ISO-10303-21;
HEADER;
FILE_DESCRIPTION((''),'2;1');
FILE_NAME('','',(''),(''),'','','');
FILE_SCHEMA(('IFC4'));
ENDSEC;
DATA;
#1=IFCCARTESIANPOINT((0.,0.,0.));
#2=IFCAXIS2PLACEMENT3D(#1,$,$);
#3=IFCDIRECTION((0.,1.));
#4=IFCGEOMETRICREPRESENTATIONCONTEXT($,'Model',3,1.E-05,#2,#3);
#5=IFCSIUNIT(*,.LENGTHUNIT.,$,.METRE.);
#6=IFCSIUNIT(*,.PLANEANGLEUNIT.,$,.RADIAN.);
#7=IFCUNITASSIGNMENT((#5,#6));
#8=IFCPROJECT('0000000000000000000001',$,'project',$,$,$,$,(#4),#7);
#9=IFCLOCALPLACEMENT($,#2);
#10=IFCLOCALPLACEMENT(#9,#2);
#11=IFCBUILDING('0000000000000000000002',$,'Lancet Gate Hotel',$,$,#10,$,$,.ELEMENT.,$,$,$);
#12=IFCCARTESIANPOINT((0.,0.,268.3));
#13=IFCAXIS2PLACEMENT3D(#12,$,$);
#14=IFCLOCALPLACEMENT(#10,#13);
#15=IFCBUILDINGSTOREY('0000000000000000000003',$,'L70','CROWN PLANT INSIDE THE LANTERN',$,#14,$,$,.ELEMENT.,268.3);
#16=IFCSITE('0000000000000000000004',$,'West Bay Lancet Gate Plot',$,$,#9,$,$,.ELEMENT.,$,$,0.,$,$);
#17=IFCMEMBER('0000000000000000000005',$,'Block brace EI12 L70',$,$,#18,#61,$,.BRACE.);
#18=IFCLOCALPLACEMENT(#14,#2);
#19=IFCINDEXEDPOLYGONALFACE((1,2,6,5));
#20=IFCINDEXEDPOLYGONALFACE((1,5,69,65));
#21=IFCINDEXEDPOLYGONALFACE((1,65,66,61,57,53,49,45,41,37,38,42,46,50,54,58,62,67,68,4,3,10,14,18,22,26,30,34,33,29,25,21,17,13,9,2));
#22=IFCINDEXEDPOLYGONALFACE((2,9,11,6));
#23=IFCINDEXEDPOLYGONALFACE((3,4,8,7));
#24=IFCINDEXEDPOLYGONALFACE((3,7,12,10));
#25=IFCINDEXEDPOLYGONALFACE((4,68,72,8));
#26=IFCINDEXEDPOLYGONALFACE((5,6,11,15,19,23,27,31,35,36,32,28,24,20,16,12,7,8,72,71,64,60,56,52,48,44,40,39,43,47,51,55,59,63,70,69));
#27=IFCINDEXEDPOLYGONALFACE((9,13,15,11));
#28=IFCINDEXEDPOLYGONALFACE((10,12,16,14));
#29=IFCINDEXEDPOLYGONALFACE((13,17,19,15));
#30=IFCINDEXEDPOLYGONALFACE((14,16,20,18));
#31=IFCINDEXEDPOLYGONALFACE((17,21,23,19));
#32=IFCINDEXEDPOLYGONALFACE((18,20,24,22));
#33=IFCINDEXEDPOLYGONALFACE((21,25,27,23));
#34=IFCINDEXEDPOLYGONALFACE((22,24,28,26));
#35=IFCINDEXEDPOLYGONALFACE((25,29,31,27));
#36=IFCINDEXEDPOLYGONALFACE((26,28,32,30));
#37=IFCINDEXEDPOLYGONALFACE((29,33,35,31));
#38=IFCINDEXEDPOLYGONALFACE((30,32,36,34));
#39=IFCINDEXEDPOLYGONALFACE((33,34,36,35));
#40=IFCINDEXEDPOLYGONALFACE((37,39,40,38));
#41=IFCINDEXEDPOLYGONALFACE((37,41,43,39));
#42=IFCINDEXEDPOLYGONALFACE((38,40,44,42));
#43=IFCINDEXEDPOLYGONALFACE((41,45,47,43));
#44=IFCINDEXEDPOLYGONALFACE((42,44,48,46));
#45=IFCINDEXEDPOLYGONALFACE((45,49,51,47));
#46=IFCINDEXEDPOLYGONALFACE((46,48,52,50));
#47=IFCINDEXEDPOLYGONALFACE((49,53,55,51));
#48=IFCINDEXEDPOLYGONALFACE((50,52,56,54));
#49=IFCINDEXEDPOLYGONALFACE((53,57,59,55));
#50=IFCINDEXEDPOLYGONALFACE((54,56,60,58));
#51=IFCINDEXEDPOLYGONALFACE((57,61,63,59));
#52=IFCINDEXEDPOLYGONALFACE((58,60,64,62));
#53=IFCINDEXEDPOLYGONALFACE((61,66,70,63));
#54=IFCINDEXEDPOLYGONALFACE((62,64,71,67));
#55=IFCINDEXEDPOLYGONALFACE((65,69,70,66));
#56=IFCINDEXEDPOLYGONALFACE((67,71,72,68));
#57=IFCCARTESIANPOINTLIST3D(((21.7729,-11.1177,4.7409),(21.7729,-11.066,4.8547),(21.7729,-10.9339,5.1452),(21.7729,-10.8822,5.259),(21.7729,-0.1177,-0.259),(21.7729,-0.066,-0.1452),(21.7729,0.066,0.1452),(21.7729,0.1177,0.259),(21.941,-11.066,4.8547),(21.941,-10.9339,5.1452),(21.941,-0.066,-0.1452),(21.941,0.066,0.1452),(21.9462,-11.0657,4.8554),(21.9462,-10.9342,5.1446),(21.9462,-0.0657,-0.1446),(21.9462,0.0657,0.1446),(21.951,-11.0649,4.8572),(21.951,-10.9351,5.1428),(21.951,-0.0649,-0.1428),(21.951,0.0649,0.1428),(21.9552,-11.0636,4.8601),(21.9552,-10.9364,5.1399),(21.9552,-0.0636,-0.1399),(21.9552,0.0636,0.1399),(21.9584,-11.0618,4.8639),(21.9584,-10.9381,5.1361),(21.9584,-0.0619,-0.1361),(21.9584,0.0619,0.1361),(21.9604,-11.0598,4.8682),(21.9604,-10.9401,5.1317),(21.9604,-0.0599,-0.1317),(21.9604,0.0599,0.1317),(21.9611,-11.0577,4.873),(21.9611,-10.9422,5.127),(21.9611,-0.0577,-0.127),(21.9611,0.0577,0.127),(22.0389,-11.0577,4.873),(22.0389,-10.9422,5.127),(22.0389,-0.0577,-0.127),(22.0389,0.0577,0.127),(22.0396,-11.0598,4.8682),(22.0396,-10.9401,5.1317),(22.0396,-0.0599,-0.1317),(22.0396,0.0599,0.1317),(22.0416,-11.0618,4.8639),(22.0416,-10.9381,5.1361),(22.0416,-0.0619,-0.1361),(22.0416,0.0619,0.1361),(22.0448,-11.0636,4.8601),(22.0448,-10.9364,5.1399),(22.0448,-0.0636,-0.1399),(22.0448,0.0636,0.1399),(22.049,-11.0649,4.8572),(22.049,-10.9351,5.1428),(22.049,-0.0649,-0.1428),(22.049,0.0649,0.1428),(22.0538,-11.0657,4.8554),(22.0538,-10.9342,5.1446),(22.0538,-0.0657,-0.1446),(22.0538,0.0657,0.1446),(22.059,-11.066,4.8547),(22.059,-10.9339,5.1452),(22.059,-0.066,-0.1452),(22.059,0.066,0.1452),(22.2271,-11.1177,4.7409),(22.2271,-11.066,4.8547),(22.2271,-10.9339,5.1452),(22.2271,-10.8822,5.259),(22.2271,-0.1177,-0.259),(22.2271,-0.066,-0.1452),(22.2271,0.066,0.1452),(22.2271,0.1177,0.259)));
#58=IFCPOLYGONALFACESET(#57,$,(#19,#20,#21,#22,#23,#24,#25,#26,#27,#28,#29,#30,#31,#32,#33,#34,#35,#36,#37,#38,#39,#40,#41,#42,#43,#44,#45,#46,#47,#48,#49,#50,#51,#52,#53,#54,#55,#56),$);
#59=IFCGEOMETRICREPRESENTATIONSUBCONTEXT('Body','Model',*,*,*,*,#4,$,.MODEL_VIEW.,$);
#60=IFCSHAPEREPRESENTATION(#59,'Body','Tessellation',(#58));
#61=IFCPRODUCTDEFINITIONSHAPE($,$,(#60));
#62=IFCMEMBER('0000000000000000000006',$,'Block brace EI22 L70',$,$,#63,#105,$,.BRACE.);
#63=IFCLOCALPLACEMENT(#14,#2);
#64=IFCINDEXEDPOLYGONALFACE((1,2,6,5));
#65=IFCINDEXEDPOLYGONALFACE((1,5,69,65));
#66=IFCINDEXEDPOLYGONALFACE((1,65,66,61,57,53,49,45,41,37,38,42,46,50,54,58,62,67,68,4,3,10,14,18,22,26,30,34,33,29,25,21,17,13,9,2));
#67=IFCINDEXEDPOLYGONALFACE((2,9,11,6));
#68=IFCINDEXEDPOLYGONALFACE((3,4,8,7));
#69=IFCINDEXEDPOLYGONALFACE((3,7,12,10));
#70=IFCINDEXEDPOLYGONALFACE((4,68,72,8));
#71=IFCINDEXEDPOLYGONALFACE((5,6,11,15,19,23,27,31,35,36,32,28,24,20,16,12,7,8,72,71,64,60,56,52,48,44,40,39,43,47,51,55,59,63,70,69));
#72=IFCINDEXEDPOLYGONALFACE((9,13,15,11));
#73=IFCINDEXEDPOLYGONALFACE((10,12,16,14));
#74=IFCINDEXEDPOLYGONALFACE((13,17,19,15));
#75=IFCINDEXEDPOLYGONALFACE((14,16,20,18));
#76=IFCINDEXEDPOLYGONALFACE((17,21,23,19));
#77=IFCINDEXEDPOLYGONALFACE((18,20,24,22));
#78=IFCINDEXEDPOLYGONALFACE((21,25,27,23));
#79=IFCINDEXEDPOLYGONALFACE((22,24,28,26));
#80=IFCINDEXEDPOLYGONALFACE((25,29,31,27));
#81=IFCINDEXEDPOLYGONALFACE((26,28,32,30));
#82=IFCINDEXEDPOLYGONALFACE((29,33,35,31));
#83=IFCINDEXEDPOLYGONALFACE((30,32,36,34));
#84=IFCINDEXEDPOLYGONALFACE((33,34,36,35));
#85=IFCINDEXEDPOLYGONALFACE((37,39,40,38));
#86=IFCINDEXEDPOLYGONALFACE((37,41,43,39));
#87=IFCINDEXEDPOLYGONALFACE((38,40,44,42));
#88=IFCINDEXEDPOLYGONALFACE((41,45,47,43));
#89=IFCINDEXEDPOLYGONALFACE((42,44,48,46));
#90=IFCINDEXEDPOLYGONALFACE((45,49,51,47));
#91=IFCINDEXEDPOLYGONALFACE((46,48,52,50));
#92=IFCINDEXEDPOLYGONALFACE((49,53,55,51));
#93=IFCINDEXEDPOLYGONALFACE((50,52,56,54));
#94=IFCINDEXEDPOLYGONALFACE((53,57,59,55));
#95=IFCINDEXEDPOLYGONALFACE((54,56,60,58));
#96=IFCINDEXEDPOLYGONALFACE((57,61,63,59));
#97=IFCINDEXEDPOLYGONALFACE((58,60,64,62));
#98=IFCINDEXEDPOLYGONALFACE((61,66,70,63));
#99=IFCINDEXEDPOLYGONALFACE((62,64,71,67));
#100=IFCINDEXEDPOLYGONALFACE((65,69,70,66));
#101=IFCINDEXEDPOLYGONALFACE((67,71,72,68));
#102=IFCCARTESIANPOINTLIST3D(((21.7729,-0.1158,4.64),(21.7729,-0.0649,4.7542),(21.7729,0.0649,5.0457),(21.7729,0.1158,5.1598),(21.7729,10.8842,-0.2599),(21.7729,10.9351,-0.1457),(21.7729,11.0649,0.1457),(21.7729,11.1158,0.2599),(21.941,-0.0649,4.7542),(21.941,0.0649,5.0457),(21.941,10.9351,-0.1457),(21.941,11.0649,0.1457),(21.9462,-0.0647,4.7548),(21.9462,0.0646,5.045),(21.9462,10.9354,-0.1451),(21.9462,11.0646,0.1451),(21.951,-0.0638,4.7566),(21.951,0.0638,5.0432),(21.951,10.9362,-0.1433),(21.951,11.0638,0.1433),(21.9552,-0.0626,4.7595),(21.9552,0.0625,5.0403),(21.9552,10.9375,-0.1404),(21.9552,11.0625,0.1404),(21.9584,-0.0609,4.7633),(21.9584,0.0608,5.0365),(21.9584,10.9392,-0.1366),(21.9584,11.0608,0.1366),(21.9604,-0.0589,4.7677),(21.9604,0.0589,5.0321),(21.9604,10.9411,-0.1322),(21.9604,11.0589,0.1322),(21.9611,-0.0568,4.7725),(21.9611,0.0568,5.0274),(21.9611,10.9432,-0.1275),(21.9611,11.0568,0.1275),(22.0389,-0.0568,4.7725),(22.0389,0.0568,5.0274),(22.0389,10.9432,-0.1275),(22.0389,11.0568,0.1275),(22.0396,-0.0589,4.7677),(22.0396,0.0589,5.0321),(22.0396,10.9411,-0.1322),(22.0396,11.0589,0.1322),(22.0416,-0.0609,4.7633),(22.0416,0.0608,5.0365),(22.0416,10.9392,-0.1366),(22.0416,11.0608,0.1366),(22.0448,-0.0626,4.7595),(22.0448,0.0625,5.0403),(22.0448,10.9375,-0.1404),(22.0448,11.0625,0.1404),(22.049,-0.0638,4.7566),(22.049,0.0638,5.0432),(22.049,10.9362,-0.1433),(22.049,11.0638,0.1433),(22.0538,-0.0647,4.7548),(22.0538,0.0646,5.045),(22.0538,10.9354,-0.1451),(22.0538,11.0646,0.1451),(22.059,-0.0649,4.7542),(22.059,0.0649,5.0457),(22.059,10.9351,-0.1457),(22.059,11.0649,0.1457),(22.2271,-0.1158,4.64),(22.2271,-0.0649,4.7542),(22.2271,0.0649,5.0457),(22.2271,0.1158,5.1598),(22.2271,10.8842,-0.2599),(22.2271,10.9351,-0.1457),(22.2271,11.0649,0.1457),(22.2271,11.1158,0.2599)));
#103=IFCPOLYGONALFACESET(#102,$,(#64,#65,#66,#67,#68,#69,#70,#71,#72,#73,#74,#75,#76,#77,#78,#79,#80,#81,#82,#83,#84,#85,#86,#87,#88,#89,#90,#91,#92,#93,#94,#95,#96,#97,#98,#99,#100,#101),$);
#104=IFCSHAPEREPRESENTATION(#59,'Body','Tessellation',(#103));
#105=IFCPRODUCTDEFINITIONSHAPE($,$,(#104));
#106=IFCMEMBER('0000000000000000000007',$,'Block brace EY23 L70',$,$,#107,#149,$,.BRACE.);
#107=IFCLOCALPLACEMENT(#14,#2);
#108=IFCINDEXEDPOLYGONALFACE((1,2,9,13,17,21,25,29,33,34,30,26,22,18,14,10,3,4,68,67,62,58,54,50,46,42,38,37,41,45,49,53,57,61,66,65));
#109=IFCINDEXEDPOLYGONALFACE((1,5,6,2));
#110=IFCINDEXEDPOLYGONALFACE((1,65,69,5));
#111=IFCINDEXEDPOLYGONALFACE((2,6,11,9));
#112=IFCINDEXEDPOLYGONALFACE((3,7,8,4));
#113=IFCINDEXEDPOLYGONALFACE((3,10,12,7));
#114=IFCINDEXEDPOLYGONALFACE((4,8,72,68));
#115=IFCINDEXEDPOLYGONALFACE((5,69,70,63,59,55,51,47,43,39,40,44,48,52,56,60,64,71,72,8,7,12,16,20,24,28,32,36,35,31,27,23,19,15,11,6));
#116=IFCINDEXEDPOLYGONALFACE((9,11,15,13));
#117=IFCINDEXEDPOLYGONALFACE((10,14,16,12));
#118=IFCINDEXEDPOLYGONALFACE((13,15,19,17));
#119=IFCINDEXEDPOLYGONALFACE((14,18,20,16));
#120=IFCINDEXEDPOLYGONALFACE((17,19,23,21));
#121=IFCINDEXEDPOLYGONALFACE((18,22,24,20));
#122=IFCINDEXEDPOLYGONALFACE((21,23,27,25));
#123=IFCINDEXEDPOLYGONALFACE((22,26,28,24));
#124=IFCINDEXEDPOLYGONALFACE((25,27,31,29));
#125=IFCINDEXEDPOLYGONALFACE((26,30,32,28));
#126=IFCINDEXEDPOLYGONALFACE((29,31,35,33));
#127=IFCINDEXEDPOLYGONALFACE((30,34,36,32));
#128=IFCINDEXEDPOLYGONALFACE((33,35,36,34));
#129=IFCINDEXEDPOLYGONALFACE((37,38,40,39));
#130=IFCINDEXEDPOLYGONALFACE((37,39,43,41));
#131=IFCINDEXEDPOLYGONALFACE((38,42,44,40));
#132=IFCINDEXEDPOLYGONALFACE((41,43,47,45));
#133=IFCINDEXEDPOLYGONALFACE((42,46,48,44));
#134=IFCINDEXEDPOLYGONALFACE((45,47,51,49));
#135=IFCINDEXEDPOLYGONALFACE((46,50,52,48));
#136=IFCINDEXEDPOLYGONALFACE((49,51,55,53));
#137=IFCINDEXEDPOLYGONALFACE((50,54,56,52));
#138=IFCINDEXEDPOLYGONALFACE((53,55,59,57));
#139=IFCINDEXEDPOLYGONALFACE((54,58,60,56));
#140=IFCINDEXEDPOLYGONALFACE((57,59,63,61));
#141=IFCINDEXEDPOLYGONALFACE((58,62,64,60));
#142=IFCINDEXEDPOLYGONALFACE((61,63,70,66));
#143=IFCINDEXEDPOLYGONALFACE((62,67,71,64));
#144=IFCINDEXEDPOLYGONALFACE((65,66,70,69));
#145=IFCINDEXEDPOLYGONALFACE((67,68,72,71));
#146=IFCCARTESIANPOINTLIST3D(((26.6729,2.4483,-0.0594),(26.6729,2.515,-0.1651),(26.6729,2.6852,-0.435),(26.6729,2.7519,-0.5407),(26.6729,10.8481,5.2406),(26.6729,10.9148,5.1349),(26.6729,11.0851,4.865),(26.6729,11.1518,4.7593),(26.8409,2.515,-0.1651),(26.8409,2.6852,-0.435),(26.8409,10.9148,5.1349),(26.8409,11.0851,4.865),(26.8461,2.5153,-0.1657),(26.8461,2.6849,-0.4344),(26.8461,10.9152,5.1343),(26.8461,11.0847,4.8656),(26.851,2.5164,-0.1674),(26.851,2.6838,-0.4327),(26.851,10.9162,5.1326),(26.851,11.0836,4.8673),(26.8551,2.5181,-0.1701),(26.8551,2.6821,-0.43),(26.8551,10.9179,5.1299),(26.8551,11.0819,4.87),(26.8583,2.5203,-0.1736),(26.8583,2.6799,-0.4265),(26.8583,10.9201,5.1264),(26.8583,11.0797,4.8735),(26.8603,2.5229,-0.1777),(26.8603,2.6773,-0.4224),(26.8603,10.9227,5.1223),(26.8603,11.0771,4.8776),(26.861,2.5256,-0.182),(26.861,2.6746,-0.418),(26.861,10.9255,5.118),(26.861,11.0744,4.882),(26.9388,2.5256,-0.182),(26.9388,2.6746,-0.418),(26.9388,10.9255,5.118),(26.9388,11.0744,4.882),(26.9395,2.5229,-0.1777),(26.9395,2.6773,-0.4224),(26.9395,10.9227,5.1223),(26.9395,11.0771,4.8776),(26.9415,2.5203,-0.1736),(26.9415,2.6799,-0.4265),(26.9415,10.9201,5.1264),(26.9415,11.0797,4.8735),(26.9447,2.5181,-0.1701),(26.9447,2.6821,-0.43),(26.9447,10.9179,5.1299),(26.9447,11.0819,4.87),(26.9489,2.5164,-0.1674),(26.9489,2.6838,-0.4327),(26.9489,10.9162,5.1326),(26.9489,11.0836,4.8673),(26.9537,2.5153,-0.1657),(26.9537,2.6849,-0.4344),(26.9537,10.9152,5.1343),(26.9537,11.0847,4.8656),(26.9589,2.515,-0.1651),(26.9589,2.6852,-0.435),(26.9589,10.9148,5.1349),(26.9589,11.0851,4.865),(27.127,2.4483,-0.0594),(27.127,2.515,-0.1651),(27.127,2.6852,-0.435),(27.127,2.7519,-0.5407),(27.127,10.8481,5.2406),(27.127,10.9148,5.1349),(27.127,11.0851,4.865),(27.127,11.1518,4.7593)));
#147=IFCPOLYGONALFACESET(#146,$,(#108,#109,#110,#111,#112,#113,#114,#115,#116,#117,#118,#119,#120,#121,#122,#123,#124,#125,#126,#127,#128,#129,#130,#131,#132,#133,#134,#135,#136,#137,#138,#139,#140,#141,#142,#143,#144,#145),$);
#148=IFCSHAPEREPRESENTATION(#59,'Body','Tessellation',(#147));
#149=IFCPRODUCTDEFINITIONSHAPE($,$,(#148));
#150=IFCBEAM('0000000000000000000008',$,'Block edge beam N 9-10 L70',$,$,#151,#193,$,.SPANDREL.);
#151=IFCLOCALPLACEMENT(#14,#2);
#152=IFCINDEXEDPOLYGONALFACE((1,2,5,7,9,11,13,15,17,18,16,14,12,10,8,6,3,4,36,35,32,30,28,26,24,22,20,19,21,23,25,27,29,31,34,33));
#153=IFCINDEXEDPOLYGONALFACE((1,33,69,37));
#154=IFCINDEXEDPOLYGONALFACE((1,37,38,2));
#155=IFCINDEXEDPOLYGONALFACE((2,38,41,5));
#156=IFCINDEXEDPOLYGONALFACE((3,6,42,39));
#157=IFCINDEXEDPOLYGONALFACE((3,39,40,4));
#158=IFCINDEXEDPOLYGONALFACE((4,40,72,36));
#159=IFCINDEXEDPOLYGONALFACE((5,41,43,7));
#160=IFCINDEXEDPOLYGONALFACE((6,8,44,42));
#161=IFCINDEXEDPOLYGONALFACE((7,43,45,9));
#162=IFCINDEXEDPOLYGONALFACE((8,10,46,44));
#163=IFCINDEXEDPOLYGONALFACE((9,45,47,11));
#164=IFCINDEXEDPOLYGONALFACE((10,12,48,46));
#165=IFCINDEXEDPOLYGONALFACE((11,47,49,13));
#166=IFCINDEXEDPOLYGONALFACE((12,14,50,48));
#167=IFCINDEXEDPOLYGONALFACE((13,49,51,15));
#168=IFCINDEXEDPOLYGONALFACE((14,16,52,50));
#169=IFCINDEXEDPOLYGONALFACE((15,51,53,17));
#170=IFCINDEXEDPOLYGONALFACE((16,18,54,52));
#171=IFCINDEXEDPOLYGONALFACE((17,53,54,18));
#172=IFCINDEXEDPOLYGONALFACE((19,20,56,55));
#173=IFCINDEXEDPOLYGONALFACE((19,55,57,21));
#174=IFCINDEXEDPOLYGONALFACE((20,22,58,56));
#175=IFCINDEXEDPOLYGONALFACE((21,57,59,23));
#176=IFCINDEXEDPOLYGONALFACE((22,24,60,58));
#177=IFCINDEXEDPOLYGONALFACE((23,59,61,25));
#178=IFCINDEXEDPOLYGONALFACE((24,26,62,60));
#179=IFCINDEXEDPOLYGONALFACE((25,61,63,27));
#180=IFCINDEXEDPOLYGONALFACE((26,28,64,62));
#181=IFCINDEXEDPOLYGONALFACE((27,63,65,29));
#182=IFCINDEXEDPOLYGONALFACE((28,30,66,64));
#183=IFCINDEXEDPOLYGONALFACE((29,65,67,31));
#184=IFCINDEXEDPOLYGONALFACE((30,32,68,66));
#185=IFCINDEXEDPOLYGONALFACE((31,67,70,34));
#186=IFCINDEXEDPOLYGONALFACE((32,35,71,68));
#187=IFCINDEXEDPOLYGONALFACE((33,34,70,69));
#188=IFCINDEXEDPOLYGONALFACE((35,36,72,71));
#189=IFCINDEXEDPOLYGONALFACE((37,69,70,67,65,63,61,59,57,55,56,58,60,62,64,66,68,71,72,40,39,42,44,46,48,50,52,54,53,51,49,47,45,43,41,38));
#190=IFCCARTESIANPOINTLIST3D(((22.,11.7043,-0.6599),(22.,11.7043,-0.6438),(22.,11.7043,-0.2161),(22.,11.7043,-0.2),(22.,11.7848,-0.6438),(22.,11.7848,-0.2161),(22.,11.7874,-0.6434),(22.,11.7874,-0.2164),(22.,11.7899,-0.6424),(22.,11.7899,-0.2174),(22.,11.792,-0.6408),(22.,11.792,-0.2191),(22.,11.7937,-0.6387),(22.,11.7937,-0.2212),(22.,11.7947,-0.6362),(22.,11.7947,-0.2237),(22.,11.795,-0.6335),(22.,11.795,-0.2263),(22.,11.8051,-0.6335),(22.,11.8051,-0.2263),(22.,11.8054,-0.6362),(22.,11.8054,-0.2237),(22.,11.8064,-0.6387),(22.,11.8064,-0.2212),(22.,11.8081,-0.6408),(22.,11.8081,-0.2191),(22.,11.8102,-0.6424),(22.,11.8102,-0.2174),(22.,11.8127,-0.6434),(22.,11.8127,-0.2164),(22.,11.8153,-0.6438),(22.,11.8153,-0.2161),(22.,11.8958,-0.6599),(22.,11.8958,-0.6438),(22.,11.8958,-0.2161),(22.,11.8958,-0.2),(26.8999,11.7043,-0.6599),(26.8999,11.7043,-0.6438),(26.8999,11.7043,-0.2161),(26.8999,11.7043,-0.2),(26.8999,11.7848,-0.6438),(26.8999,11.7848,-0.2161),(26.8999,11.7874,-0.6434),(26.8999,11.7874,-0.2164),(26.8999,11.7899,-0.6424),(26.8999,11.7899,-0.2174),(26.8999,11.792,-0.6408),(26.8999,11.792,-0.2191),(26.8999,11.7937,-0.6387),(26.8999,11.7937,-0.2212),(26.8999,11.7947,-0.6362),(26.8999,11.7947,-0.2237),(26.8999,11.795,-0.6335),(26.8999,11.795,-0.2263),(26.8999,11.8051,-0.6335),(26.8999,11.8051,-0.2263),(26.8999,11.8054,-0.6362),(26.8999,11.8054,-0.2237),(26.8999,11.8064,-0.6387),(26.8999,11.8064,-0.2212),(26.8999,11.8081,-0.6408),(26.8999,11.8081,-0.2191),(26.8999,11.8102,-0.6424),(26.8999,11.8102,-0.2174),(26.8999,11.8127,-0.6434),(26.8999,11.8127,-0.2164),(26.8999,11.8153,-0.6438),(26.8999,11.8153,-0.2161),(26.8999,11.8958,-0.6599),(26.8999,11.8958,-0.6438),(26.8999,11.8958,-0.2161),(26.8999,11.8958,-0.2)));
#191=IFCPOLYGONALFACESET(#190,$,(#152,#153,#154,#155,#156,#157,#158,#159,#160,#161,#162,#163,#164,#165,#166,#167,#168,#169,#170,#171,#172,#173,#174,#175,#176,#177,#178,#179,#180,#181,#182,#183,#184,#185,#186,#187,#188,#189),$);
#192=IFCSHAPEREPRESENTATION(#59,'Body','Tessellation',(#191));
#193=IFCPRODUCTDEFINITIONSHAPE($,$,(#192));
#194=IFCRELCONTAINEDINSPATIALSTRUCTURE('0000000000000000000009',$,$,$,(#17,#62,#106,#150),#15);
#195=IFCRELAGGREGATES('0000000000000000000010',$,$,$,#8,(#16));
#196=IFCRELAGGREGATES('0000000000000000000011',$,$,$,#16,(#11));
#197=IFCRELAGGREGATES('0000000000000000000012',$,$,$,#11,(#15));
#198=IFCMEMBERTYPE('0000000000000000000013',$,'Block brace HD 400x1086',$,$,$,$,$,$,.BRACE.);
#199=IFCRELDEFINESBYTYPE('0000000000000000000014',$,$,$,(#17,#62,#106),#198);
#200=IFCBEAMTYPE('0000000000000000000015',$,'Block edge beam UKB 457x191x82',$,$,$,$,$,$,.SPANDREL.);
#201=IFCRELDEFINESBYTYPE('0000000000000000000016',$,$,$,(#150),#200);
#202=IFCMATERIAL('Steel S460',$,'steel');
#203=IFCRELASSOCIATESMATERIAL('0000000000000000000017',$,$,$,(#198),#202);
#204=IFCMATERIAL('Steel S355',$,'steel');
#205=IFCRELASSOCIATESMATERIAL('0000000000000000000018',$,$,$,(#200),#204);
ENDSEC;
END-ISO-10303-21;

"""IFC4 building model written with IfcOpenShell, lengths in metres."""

from ifc_helpers import new_model, si_unit, direction, frame, origin, origin_2d, place, context, subcontext, project, spatial, i_section, extrude, material, material_profile, profile_set, type_object, element, save


model = new_model("IFC4")

# Units and contexts
model_context = context("Model", 3, precision=1e-05, world=origin(), true_north=direction((0.0, 1.0)))
body_context = subcontext(model_context, "Body", "Model", "MODEL_VIEW")
ifc_project = project(units=[si_unit("LENGTHUNIT", "METRE"), si_unit("PLANEANGLEUNIT", "RADIAN")], contexts=[model_context])

# Site, building, storey
site_placement = place(None, origin())
site = spatial("IfcSite", under=ifc_project, at=site_placement, Name="West Bay Lancet Gate Plot", CompositionType="ELEMENT", RefElevation=0.0)
building_placement = place(site_placement, origin())
building = spatial("IfcBuilding", under=site, at=building_placement, Name="Lancet Gate Hotel", CompositionType="ELEMENT")
storey_placement = place(building_placement, frame((0.0, 0.0, 268.3)))
storey = spatial("IfcBuildingStorey", under=building, at=storey_placement, Name="L70", Description="CROWN PLANT INSIDE THE LANTERN", CompositionType="ELEMENT", Elevation=268.3)

# Members
ifc_material_1 = material(Name="Steel S460", Category="steel")
ifc_material_profile_1 = material_profile(ifc_material_1, i_section(OverallWidth=0.4541, OverallDepth=0.5691, WebThickness=0.0779, FlangeThickness=0.125, FilletRadius=0.02, at=origin_2d()), Name="HD 400x1086")
ifc_profile_set_1 = profile_set([ifc_material_profile_1], Name="Steel S460")
member_type_1 = type_object("IfcMemberType", Name="Block brace HD 400x1086", PredefinedType="BRACE", material=ifc_profile_set_1)
member_1_placement = place(storey_placement, frame((22.0, 0.0, 0.0), z_axis=(0.0, -0.910366, 0.413803), x_axis=(1.0, 0.0, 0.0)))
element("IfcMember", 1, at=member_1_placement, inside=storey, type_object=member_type_1, Name="Block brace EI12 L70", PredefinedType="BRACE", context=body_context, shape_type="SweptSolid", body=[
    extrude(i_section(OverallWidth=0.4541, OverallDepth=0.5691, WebThickness=0.0779, FlangeThickness=0.125, FilletRadius=0.02, at=origin_2d()), origin(), (0.0, 0.0, 1.0), 12.083),
])
member_2_placement = place(storey_placement, frame((22.0, 11.0, 0.0), z_axis=(0.0, -0.913472, 0.406902), x_axis=(1.0, 0.0, 0.0)))
element("IfcMember", 2, at=member_2_placement, inside=storey, type_object=member_type_1, Name="Block brace EI22 L70", PredefinedType="BRACE", context=body_context, shape_type="SweptSolid", body=[
    extrude(i_section(OverallWidth=0.4541, OverallDepth=0.5691, WebThickness=0.0779, FlangeThickness=0.125, FilletRadius=0.02, at=origin_2d()), origin(), (0.0, 0.0, 1.0), 12.042),
])
member_3_placement = place(storey_placement, frame((26.8999, 2.6001, -0.3), z_axis=(0.0, 0.845723, 0.533622), x_axis=(-1.0, 0.0, 0.0)))
element("IfcMember", 3, at=member_3_placement, inside=storey, type_object=member_type_1, Name="Block brace EY23 L70", PredefinedType="BRACE", context=body_context, shape_type="SweptSolid", body=[
    extrude(i_section(OverallWidth=0.4541, OverallDepth=0.5691, WebThickness=0.0779, FlangeThickness=0.125, FilletRadius=0.02, at=origin_2d()), origin(), (0.0, 0.0, 1.0), 9.9321),
])

# Beam
ifc_material_2 = material(Name="Steel S355", Category="steel")
ifc_material_profile_2 = material_profile(ifc_material_2, i_section(OverallWidth=0.1914, OverallDepth=0.46, WebThickness=0.01, FlangeThickness=0.0161, FilletRadius=0.0103, at=origin_2d()), Name="UKB 457x191x82")
ifc_profile_set_2 = profile_set([ifc_material_profile_2], Name="Steel S355")
beam_type_1 = type_object("IfcBeamType", Name="Block edge beam UKB 457x191x82", PredefinedType="SPANDREL", material=ifc_profile_set_2)
beam_1_placement = place(storey_placement, frame((22.0, 11.8, -0.4299), z_axis=(1.0, 0.0, 0.0), x_axis=(0.0, 1.0, 0.0)))
element("IfcBeam", 4, at=beam_1_placement, inside=storey, type_object=beam_type_1, Name="Block edge beam N 9-10 L70", PredefinedType="SPANDREL", context=body_context, shape_type="SweptSolid", body=[
    extrude(i_section(OverallWidth=0.1914, OverallDepth=0.46, WebThickness=0.01, FlangeThickness=0.0161, FilletRadius=0.0103, at=origin_2d()), origin(), (0.0, 0.0, 1.0), 4.8999),
])

save(model, "model.ifc")
